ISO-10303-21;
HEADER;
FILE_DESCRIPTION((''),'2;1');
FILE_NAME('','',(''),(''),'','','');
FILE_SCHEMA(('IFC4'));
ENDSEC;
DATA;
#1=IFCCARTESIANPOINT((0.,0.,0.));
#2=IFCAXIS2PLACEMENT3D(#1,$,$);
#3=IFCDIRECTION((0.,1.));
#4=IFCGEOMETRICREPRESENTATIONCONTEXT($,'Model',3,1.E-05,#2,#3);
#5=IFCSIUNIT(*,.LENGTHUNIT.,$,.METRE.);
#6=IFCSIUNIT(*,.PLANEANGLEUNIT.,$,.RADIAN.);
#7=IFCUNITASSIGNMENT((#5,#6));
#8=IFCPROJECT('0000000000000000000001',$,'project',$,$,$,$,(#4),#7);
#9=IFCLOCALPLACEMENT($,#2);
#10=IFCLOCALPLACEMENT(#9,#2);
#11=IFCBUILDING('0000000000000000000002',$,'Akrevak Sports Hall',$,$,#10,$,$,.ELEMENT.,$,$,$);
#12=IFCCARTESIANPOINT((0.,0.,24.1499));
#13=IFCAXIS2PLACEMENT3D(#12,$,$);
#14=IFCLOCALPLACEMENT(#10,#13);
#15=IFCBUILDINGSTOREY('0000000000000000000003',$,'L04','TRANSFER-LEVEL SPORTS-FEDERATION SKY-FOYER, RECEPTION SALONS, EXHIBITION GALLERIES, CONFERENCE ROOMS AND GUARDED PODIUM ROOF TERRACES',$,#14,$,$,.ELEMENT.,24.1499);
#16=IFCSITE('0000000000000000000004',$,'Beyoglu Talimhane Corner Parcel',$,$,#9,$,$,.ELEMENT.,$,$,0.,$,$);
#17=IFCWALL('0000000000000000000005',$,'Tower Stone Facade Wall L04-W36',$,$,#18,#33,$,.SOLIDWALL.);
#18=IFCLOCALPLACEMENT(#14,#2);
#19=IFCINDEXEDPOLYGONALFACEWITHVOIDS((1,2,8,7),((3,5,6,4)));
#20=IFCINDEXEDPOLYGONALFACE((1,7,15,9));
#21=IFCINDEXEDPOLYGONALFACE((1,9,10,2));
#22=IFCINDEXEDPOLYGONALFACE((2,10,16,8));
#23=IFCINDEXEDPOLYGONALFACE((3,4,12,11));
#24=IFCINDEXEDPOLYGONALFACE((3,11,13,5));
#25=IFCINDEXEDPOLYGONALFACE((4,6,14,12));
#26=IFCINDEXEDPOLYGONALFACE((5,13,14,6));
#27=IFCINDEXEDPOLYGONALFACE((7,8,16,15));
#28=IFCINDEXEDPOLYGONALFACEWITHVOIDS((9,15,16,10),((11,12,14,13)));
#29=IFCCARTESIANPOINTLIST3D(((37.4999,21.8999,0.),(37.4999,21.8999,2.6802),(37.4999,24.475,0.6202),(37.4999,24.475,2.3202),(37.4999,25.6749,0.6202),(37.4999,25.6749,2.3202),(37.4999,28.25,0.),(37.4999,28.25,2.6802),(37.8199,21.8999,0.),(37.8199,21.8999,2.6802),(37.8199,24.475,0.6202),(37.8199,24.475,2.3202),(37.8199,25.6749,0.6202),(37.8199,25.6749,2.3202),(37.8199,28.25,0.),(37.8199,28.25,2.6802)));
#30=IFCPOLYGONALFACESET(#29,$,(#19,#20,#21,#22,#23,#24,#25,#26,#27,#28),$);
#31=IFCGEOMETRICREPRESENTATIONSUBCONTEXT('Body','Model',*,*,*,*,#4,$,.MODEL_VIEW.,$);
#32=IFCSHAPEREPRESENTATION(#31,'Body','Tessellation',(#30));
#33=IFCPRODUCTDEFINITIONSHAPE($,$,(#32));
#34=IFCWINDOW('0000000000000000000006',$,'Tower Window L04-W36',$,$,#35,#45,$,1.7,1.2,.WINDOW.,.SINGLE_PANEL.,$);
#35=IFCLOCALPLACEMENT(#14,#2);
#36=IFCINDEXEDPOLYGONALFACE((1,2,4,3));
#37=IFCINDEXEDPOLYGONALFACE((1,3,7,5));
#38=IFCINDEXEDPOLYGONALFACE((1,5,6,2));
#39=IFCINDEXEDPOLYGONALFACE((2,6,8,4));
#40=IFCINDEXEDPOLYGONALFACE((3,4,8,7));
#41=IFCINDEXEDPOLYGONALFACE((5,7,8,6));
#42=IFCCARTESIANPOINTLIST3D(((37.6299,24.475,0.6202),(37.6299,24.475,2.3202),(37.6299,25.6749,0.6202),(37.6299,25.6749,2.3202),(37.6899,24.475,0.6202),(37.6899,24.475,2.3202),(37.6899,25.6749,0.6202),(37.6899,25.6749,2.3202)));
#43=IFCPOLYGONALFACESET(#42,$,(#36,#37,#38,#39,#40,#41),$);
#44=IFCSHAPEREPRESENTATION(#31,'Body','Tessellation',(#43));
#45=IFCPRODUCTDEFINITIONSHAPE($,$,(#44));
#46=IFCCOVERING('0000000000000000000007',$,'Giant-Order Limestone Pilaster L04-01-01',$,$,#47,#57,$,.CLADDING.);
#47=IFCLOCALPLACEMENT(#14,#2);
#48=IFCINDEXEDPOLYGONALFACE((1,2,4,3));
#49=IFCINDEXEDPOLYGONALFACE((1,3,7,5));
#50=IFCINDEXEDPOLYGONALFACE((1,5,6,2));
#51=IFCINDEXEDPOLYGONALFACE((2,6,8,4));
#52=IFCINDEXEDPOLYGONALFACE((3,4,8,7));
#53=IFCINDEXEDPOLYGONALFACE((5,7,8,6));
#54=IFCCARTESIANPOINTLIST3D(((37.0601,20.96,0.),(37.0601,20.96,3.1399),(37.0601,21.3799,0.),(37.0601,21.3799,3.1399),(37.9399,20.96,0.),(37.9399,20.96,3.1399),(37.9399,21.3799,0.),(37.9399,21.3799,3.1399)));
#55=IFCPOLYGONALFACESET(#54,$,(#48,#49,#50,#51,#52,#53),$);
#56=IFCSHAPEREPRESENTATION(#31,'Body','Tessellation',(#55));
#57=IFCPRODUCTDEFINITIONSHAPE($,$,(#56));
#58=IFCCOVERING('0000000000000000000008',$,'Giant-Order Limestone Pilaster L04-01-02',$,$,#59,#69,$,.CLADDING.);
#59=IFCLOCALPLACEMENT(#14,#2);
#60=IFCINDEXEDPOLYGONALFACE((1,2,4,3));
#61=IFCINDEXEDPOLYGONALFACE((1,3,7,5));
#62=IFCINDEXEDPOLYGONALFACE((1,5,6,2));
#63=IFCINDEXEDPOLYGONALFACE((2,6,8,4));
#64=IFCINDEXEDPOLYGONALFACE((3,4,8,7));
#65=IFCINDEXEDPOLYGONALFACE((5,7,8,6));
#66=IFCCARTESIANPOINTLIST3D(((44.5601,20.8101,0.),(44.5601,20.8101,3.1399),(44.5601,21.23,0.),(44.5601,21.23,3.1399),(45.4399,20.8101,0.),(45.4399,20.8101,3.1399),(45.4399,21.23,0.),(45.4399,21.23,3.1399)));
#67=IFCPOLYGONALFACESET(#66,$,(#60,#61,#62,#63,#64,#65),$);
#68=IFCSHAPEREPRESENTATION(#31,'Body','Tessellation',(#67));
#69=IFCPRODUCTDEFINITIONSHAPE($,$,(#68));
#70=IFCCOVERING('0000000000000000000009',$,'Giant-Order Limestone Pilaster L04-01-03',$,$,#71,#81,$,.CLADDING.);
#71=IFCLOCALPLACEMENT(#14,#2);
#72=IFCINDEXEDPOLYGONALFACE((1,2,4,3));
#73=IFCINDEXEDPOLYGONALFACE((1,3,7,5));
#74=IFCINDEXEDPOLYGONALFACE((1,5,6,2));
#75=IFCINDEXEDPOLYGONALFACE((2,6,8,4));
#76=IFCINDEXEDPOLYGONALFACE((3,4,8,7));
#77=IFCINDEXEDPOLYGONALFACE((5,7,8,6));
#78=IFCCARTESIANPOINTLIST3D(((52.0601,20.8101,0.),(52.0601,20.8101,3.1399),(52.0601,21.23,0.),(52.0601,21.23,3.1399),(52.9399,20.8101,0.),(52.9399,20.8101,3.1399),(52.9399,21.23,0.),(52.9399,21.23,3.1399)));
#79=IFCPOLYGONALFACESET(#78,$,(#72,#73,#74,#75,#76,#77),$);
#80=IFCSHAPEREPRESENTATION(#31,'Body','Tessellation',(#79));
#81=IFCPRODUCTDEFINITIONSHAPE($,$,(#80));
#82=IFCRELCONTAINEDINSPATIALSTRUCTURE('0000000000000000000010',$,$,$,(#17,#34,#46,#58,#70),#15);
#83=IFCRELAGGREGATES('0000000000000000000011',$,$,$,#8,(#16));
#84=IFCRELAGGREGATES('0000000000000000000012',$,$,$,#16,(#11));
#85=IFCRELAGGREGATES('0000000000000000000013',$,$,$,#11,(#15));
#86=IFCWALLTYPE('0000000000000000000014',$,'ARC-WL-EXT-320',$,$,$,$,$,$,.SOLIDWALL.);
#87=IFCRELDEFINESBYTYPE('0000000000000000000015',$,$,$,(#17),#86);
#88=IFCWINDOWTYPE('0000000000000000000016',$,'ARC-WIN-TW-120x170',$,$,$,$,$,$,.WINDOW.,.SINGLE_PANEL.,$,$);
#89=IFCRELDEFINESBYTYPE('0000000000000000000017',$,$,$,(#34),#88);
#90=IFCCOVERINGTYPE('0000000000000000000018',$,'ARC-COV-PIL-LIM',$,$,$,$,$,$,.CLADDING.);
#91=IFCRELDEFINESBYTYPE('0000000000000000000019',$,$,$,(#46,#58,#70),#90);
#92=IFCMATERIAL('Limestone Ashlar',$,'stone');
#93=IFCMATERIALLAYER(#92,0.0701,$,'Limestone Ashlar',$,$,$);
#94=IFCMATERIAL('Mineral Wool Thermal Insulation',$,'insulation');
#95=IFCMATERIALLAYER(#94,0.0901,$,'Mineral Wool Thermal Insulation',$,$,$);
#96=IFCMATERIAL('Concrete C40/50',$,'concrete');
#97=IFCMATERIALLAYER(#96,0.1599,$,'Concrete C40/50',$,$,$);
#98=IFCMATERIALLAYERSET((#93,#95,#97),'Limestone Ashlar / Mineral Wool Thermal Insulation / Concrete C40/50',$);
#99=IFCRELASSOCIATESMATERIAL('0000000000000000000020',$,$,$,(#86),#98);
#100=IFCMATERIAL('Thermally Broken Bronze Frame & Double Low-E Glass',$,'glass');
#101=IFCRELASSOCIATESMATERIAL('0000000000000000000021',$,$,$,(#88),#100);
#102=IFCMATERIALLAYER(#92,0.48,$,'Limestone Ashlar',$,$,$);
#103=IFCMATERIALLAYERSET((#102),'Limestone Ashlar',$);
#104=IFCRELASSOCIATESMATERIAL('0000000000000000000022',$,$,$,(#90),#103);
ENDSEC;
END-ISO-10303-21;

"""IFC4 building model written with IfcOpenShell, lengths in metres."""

from ifc_helpers import new_model, si_unit, direction, frame, frame_2d, origin, origin_2d, place, context, subcontext, project, spatial, rectangle, extrude, material, layer, layer_set, type_object, element, fill, save


model = new_model("IFC4")

# Units and contexts
model_context = context("Model", 3, precision=1e-05, world=origin(), true_north=direction((0.0, 1.0)))
body_context = subcontext(model_context, "Body", "Model", "MODEL_VIEW")
ifc_project = project(units=[si_unit("LENGTHUNIT", "METRE"), si_unit("PLANEANGLEUNIT", "RADIAN")], contexts=[model_context])

# Site, building, storey
site_placement = place(None, origin())
site = spatial("IfcSite", under=ifc_project, at=site_placement, Name="Beyoglu Talimhane Corner Parcel", CompositionType="ELEMENT", RefElevation=0.0)
building_placement = place(site_placement, origin())
building = spatial("IfcBuilding", under=site, at=building_placement, Name="Akrevak Sports Hall", CompositionType="ELEMENT")
storey_placement = place(building_placement, frame((0.0, 0.0, 24.1499)))
storey = spatial("IfcBuildingStorey", under=building, at=storey_placement, Name="L04", Description="TRANSFER-LEVEL SPORTS-FEDERATION SKY-FOYER, RECEPTION SALONS, EXHIBITION GALLERIES, CONFERENCE ROOMS AND GUARDED PODIUM ROOF TERRACES", CompositionType="ELEMENT", Elevation=24.1499)

# Shared definitions
ifc_material_1 = material(Name="Concrete C40/50", Category="concrete")

# Shared definitions
ifc_material_2 = material(Name="Limestone Ashlar", Category="stone")
ifc_layer_1 = layer(ifc_material_2, 0.0701, Name="Limestone Ashlar")
ifc_material_3 = material(Name="Mineral Wool Thermal Insulation", Category="insulation")
ifc_layer_2 = layer(ifc_material_3, 0.0901, Name="Mineral Wool Thermal Insulation")
ifc_layer_3 = layer(ifc_material_1, 0.1599, Name="Concrete C40/50")
ifc_layer_set_1 = layer_set([ifc_layer_1, ifc_layer_2, ifc_layer_3], Name="Limestone Ashlar / Mineral Wool Thermal Insulation / Concrete C40/50")
wall_type = type_object("IfcWallType", Name="ARC-WL-EXT-320", PredefinedType="SOLIDWALL", material=ifc_layer_set_1)
ifc_material_4 = material(Name="Thermally Broken Bronze Frame & Double Low-E Glass", Category="glass")

# Wall, opening, window
wall_1_placement = place(storey_placement, frame((37.6599, 28.25, 0.0), z_axis=(0.0, 0.0, 1.0), x_axis=(0.0, -1.0, 0.0)))
wall_1 = element("IfcWall", 1, at=wall_1_placement, inside=storey, type_object=wall_type, Name="Tower Stone Facade Wall L04-W36", PredefinedType="SOLIDWALL", context=body_context, shape_type="SweptSolid", body=[
    extrude(rectangle(XDim=6.3501, YDim=0.3201, at=frame_2d((3.175, 0.0))), origin(), (0.0, 0.0, 1.0), 2.6802),
])
opening_1_placement = place(wall_1_placement, frame((2.575, 0.0, 0.6201)))
opening_1 = element("IfcOpeningElement", 2, at=opening_1_placement, cuts=wall_1, PredefinedType="OPENING", context=body_context, shape_type="SweptSolid", body=[
    extrude(rectangle(XDim=1.2, YDim=1.7, at=frame_2d((0.6001, 0.8501))), frame((0.0, 0.1719, 0.0), z_axis=(0.0, -1.0, 0.0), x_axis=(1.0, 0.0, 0.0)), (0.0, 0.0, 1.0), 0.344),
])
window_type_1 = type_object("IfcWindowType", Name="ARC-WIN-TW-120x170", PartitioningType="SINGLE_PANEL", PredefinedType="WINDOW", material=ifc_material_4)
window_1_placement = place(opening_1_placement, origin())
window_1 = element("IfcWindow", 3, at=window_1_placement, inside=storey, type_object=window_type_1, Name="Tower Window L04-W36", OverallHeight=1.7, OverallWidth=1.2, PartitioningType="SINGLE_PANEL", PredefinedType="WINDOW", context=body_context, shape_type="SweptSolid", body=[
    extrude(rectangle(XDim=1.2, YDim=1.7, at=frame_2d((0.6001, 0.8501))), frame((0.0, 0.03, 0.0), z_axis=(0.0, -1.0, 0.0), x_axis=(1.0, 0.0, 0.0)), (0.0, 0.0, 1.0), 0.0601),
])
fill(opening_1, window_1)

# Coverings
ifc_layer_4 = layer(ifc_material_2, 0.48, Name="Limestone Ashlar")
ifc_layer_set_2 = layer_set([ifc_layer_4], Name="Limestone Ashlar")
covering_type = type_object("IfcCoveringType", Name="ARC-COV-PIL-LIM", PredefinedType="CLADDING", material=ifc_layer_set_2)
for number, where, z_axis, x_axis, name in (
    (4, (37.5, 21.1699, 0.0), (0.0, 0.0, 1.0), (1.0, 0.0, 0.0), "Giant-Order Limestone Pilaster L04-01-01"),
    (5, (45.0, 21.02, 0.0), (0.0, 0.0, 1.0), (1.0, 0.0, 0.0), "Giant-Order Limestone Pilaster L04-01-02"),
    (6, (52.5, 21.02, 0.0), (0.0, 0.0, 1.0), (1.0, 0.0, 0.0), "Giant-Order Limestone Pilaster L04-01-03"),
):
    element("IfcCovering", number, at=place(storey_placement, frame(where, z_axis=z_axis, x_axis=x_axis)), inside=storey, type_object=covering_type, Name=name, PredefinedType="CLADDING", context=body_context, shape_type="SweptSolid", body=[
        extrude(rectangle(XDim=0.8799, YDim=0.4199, at=origin_2d()), origin(), (0.0, 0.0, 1.0), 3.1399),
    ])

save(model, "model.ifc")
